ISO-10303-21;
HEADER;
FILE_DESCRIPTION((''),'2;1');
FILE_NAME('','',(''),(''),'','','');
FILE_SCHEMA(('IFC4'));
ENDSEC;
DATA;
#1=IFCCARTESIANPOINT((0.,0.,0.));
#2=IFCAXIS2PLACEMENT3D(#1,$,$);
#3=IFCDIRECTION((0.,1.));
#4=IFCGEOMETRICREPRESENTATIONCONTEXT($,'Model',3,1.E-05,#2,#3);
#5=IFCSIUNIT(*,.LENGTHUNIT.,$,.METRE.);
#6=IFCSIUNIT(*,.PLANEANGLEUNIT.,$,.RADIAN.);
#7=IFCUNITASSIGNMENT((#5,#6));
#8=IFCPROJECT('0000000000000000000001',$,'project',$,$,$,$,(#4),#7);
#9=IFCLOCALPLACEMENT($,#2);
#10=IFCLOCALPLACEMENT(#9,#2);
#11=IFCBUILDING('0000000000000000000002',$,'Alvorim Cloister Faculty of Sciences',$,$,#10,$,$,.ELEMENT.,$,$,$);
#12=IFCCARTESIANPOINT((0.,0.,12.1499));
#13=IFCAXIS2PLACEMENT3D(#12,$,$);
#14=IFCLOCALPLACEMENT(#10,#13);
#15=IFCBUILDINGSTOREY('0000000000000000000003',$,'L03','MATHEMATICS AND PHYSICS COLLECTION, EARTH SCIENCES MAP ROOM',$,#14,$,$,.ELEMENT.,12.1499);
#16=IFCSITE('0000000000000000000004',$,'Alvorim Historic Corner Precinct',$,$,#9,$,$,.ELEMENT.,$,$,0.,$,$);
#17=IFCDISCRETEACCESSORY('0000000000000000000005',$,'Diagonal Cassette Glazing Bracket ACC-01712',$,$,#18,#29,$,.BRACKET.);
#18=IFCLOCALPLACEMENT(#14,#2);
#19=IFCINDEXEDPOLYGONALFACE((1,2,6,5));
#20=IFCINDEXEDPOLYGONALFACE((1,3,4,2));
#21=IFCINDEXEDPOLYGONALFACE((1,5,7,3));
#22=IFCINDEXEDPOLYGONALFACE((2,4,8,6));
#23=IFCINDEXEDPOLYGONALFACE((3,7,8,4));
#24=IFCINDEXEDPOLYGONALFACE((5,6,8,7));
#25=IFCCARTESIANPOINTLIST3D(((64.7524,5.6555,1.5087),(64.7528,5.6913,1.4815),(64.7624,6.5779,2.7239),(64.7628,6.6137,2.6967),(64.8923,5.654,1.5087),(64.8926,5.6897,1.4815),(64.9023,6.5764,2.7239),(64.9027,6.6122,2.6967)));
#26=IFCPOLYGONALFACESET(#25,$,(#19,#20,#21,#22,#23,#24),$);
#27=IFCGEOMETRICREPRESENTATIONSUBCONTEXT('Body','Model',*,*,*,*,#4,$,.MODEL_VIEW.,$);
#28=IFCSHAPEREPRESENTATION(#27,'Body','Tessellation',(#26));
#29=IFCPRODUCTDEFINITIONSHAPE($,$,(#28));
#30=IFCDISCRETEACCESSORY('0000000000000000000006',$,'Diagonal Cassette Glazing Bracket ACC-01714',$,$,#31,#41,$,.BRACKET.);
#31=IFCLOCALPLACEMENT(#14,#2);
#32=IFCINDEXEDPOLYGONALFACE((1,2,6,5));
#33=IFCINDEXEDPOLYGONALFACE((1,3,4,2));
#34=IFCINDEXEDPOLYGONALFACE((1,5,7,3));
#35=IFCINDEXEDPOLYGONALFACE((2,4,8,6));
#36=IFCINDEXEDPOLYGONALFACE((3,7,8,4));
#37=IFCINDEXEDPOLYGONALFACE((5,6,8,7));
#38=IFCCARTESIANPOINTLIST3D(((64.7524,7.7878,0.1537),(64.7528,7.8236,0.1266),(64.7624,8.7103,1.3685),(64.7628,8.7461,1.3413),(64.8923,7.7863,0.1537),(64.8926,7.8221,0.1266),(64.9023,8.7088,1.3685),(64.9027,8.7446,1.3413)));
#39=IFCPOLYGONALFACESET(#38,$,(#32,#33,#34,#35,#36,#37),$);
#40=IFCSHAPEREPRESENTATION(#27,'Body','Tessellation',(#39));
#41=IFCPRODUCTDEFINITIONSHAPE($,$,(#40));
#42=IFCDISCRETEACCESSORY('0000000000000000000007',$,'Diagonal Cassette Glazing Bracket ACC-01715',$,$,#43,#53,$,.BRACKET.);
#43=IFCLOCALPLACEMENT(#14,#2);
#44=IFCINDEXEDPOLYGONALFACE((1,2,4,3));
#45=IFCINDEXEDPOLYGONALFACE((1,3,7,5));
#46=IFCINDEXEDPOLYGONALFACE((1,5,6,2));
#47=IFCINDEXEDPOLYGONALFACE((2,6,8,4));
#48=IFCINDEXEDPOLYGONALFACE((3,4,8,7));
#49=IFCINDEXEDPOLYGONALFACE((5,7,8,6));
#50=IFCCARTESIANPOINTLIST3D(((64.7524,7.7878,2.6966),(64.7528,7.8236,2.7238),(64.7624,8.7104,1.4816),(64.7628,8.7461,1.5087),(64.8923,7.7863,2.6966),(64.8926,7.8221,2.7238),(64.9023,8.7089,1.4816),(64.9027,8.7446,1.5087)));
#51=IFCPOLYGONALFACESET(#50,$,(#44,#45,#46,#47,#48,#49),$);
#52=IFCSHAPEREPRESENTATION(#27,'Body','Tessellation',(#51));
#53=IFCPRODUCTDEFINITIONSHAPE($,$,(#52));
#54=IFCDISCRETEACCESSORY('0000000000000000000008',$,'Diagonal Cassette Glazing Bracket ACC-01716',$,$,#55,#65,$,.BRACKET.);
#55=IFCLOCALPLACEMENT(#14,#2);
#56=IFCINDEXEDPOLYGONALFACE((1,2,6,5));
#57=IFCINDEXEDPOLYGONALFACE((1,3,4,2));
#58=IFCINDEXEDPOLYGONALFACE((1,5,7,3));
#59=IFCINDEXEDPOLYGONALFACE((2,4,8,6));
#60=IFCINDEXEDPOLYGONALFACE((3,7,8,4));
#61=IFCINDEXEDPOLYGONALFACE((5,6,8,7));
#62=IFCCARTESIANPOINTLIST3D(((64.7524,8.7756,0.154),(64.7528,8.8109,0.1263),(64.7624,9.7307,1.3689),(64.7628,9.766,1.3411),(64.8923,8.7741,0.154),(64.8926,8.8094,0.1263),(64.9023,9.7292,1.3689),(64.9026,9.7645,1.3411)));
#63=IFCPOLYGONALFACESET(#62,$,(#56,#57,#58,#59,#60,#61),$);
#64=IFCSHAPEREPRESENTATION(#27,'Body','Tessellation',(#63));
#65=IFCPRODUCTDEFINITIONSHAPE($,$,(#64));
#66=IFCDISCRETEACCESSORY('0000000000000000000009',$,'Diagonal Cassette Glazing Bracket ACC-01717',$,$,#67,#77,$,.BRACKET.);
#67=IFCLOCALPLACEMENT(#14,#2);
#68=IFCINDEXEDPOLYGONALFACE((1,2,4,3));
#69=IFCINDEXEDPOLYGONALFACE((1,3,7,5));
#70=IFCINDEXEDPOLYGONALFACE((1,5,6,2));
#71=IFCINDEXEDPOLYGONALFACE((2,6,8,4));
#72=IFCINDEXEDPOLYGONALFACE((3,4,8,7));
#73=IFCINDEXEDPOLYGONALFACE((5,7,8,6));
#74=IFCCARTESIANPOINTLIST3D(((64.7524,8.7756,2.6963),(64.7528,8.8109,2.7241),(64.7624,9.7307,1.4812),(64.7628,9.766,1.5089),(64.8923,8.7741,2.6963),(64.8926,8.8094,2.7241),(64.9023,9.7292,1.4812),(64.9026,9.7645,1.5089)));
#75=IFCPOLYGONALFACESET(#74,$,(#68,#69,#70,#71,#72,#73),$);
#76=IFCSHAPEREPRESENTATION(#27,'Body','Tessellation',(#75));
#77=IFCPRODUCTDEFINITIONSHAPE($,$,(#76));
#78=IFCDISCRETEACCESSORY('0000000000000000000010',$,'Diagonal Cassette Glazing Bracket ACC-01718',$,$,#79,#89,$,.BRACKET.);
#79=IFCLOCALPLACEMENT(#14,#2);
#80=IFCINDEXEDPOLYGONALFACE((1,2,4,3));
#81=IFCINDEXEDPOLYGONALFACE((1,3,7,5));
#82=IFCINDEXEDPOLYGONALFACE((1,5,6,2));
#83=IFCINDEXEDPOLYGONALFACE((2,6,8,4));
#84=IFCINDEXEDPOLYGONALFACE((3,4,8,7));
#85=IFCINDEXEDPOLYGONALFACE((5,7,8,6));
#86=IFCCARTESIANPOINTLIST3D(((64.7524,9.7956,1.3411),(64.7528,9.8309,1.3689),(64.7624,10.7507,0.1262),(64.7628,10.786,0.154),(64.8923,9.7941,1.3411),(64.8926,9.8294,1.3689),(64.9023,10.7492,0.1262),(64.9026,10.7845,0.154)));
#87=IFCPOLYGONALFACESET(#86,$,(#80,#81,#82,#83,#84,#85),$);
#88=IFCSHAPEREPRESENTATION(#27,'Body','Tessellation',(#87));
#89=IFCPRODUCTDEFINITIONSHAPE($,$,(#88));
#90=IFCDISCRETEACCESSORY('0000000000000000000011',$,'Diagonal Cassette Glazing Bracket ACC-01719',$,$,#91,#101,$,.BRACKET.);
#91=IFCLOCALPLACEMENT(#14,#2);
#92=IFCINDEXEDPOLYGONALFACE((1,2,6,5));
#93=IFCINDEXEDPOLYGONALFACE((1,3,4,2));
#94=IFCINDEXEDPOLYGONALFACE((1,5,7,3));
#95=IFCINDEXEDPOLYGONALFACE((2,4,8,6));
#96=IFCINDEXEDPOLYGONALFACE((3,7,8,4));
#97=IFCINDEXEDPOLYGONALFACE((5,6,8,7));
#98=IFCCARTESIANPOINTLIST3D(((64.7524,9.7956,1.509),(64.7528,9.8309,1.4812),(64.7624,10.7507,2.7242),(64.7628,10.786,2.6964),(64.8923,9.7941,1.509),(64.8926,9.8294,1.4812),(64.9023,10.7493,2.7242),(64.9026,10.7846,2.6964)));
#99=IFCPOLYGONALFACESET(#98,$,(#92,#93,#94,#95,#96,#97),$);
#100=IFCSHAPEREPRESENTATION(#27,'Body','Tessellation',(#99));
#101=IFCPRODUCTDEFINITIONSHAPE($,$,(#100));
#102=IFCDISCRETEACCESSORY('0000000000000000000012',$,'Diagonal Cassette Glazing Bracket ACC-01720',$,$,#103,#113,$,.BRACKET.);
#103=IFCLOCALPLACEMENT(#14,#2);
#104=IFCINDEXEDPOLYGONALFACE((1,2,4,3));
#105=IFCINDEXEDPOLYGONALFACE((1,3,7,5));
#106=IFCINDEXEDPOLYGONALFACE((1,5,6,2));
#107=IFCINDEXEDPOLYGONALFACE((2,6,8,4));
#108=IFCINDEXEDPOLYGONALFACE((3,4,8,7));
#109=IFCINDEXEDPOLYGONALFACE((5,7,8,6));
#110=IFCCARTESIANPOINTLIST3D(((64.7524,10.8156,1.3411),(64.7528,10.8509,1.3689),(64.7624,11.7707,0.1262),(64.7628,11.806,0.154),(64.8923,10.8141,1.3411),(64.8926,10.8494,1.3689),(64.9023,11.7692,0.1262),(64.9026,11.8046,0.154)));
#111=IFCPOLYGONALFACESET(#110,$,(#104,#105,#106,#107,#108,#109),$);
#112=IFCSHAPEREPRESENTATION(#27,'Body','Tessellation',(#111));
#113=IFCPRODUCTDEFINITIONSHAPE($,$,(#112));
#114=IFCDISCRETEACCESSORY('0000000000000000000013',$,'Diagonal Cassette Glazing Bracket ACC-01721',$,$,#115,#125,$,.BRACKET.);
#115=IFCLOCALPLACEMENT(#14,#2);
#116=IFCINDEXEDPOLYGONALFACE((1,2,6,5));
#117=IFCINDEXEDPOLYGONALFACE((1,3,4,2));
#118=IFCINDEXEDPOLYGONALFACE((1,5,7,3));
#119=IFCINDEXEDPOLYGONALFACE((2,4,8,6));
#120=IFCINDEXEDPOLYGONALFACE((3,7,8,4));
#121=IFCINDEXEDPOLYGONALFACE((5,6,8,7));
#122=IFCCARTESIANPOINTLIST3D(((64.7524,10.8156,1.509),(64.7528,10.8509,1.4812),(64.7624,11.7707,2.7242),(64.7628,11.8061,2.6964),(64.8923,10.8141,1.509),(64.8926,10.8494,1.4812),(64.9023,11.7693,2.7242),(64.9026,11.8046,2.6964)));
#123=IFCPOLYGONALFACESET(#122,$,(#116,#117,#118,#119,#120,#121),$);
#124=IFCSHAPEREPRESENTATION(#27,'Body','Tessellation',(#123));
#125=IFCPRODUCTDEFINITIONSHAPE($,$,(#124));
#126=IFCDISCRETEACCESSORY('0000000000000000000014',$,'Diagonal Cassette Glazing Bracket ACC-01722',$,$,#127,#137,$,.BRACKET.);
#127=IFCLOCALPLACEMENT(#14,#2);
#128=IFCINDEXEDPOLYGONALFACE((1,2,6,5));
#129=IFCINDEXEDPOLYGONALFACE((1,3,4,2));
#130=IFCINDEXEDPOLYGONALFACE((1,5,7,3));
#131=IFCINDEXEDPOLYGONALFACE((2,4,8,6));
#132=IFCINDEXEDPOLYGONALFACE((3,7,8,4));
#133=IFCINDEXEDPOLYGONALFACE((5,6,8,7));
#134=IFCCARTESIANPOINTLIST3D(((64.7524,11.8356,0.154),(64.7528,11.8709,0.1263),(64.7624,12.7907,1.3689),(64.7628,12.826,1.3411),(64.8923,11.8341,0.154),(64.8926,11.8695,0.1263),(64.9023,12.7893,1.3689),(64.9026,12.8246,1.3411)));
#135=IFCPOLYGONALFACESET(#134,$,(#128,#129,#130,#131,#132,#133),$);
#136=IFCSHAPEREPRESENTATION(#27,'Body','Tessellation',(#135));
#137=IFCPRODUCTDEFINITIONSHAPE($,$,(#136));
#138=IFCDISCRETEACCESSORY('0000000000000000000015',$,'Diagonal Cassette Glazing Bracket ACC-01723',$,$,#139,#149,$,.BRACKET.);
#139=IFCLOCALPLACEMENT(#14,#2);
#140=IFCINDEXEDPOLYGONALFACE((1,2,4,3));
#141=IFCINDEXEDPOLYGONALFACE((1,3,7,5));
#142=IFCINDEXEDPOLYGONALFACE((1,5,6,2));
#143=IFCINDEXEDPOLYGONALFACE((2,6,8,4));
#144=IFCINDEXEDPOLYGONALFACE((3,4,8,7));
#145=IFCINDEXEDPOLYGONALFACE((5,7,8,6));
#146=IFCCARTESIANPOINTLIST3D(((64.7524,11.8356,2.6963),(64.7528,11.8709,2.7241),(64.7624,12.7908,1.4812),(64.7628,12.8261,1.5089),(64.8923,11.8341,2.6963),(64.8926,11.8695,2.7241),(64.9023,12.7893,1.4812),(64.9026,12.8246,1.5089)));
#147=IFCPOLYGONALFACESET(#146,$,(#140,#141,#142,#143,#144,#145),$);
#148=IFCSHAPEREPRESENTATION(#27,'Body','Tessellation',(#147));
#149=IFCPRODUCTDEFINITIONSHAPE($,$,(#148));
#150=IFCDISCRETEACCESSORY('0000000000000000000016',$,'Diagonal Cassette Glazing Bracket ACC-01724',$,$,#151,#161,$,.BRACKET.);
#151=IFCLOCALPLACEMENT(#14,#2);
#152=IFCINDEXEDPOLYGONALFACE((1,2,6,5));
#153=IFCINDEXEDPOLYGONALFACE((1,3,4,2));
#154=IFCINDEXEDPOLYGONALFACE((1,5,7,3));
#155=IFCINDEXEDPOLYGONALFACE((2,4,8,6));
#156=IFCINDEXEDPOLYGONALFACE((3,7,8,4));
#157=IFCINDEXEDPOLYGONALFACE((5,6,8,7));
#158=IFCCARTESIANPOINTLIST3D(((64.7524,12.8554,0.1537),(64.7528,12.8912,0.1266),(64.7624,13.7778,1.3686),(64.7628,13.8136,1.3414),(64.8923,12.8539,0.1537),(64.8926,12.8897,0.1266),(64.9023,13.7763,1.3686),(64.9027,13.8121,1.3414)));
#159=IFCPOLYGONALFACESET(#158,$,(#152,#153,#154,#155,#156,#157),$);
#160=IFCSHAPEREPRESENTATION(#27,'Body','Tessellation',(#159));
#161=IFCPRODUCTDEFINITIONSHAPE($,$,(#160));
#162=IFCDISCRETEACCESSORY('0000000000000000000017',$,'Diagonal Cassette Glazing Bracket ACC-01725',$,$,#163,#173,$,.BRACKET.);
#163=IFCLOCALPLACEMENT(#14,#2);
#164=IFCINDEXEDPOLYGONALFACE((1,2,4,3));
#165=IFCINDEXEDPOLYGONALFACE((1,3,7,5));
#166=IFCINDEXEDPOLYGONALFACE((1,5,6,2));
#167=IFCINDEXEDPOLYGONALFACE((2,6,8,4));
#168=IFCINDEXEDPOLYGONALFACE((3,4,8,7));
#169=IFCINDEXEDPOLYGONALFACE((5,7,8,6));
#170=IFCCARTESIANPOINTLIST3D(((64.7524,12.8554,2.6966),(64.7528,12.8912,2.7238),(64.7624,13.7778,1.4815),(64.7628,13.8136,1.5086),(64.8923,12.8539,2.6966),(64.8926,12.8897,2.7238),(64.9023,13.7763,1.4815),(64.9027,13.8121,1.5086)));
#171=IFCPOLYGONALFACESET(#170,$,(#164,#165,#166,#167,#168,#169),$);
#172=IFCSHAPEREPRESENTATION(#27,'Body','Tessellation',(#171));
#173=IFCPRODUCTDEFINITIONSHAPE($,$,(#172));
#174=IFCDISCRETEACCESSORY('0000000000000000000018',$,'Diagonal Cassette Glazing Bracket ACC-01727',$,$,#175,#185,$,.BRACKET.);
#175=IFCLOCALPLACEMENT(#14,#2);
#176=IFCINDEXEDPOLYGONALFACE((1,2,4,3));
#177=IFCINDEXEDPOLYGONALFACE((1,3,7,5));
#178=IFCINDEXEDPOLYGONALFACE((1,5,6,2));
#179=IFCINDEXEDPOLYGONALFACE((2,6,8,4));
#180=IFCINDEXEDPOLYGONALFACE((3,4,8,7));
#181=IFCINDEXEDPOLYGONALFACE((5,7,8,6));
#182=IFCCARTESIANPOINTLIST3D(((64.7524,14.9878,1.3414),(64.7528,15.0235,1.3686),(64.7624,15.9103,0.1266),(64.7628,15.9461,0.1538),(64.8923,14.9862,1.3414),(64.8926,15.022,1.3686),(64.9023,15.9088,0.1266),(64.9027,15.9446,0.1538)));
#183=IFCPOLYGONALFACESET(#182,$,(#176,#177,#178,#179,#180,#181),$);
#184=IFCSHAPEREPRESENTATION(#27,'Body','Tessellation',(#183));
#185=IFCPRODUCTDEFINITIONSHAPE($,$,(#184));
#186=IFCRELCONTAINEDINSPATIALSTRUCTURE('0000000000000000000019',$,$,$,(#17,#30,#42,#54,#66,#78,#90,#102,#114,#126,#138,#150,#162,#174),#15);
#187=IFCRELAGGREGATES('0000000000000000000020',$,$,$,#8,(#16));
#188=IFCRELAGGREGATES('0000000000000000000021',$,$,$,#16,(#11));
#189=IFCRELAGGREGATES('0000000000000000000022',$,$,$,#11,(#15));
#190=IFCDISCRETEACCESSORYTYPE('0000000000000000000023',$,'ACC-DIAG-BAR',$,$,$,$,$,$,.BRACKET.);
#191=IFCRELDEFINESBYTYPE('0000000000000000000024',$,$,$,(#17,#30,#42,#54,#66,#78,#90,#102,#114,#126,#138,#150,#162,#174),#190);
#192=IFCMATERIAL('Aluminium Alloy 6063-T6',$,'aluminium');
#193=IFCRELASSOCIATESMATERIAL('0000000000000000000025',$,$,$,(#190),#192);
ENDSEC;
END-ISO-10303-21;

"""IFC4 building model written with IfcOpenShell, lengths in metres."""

from ifc_helpers import new_model, si_unit, direction, frame, origin, origin_2d, place, context, subcontext, project, spatial, rectangle, extrude, material, type_object, element, save


model = new_model("IFC4")

# Units and contexts
model_context = context("Model", 3, precision=1e-05, world=origin(), true_north=direction((0.0, 1.0)))
body_context = subcontext(model_context, "Body", "Model", "MODEL_VIEW")
ifc_project = project(units=[si_unit("LENGTHUNIT", "METRE"), si_unit("PLANEANGLEUNIT", "RADIAN")], contexts=[model_context])

# Site, building, storey
site_placement = place(None, origin())
site = spatial("IfcSite", under=ifc_project, at=site_placement, Name="Alvorim Historic Corner Precinct", CompositionType="ELEMENT", RefElevation=0.0)
building_placement = place(site_placement, origin())
building = spatial("IfcBuilding", under=site, at=building_placement, Name="Alvorim Cloister Faculty of Sciences", CompositionType="ELEMENT")
storey_placement = place(building_placement, frame((0.0, 0.0, 12.1499)))
storey = spatial("IfcBuildingStorey", under=building, at=storey_placement, Name="L03", Description="MATHEMATICS AND PHYSICS COLLECTION, EARTH SCIENCES MAP ROOM", CompositionType="ELEMENT", Elevation=12.1499)

# Shared definitions
ifc_material_1 = material(Name="Aluminium Alloy 6063-T6", Category="aluminium")

# Discrete accessories
discrete_accessory_type = type_object("IfcDiscreteAccessoryType", Name="ACC-DIAG-BAR", PredefinedType="BRACKET", material=ifc_material_1)
discrete_accessory_1_placement = place(storey_placement, frame((64.8225, 5.6726, 1.4951), z_axis=(0.006561, 0.604612, 0.796493), x_axis=(-0.999941, 0.010852, 0.0)))
element("IfcDiscreteAccessory", 1, at=discrete_accessory_1_placement, inside=storey, type_object=discrete_accessory_type, Name="Diagonal Cassette Glazing Bracket ACC-01712", PredefinedType="BRACKET", context=body_context, shape_type="SweptSolid", body=[
    extrude(rectangle(XDim=0.1399, YDim=0.0449, at=origin_2d()), origin(), (0.0, 0.0, 1.0), 1.5256),
])
discrete_accessory_2_placement = place(storey_placement, frame((64.8225, 7.8049, 0.1401), z_axis=(0.006562, 0.60479, 0.796358), x_axis=(-0.999941, 0.010849, 0.0)))
element("IfcDiscreteAccessory", 2, at=discrete_accessory_2_placement, inside=storey, type_object=discrete_accessory_type, Name="Diagonal Cassette Glazing Bracket ACC-01714", PredefinedType="BRACKET", context=body_context, shape_type="SweptSolid", body=[
    extrude(rectangle(XDim=0.1399, YDim=0.0449, at=origin_2d()), origin(), (0.0, 0.0, 1.0), 1.5254),
])
discrete_accessory_3_placement = place(storey_placement, frame((64.8225, 7.8049, 2.7102), z_axis=(0.006561, 0.604713, -0.796416), x_axis=(-0.999941, 0.010849, 0.0)))
element("IfcDiscreteAccessory", 3, at=discrete_accessory_3_placement, inside=storey, type_object=discrete_accessory_type, Name="Diagonal Cassette Glazing Bracket ACC-01715", PredefinedType="BRACKET", context=body_context, shape_type="SweptSolid", body=[
    extrude(rectangle(XDim=0.1399, YDim=0.0449, at=origin_2d()), origin(), (0.0, 0.0, 1.0), 1.5256),
])
discrete_accessory_4_placement = place(storey_placement, frame((64.8225, 8.7925, 0.1401), z_axis=(0.006477, 0.618032, 0.786126), x_axis=(-0.999945, 0.01048, 0.0)))
element("IfcDiscreteAccessory", 4, at=discrete_accessory_4_placement, inside=storey, type_object=discrete_accessory_type, Name="Diagonal Cassette Glazing Bracket ACC-01716", PredefinedType="BRACKET", context=body_context, shape_type="SweptSolid", body=[
    extrude(rectangle(XDim=0.1399, YDim=0.0449, at=origin_2d()), origin(), (0.0, 0.0, 1.0), 1.5454),
])
discrete_accessory_5_placement = place(storey_placement, frame((64.8225, 8.7925, 2.7102), z_axis=(0.006477, 0.617955, -0.786187), x_axis=(-0.999945, 0.01048, 0.0)))
element("IfcDiscreteAccessory", 5, at=discrete_accessory_5_placement, inside=storey, type_object=discrete_accessory_type, Name="Diagonal Cassette Glazing Bracket ACC-01717", PredefinedType="BRACKET", context=body_context, shape_type="SweptSolid", body=[
    extrude(rectangle(XDim=0.1399, YDim=0.0449, at=origin_2d()), origin(), (0.0, 0.0, 1.0), 1.5457),
])
discrete_accessory_6_placement = place(storey_placement, frame((64.8225, 9.8125, 1.355), z_axis=(0.006477, 0.618032, -0.786126), x_axis=(-0.999945, 0.01048, 0.0)))
element("IfcDiscreteAccessory", 6, at=discrete_accessory_6_placement, inside=storey, type_object=discrete_accessory_type, Name="Diagonal Cassette Glazing Bracket ACC-01718", PredefinedType="BRACKET", context=body_context, shape_type="SweptSolid", body=[
    extrude(rectangle(XDim=0.1399, YDim=0.0449, at=origin_2d()), origin(), (0.0, 0.0, 1.0), 1.5454),
])
discrete_accessory_7_placement = place(storey_placement, frame((64.8225, 9.8125, 1.4951), z_axis=(0.006477, 0.617955, 0.786187), x_axis=(-0.999945, 0.01048, 0.0)))
element("IfcDiscreteAccessory", 7, at=discrete_accessory_7_placement, inside=storey, type_object=discrete_accessory_type, Name="Diagonal Cassette Glazing Bracket ACC-01719", PredefinedType="BRACKET", context=body_context, shape_type="SweptSolid", body=[
    extrude(rectangle(XDim=0.1399, YDim=0.0449, at=origin_2d()), origin(), (0.0, 0.0, 1.0), 1.5457),
])
discrete_accessory_8_placement = place(storey_placement, frame((64.8225, 10.8325, 1.355), z_axis=(0.006477, 0.618032, -0.786126), x_axis=(-0.999945, 0.01048, 0.0)))
element("IfcDiscreteAccessory", 8, at=discrete_accessory_8_placement, inside=storey, type_object=discrete_accessory_type, Name="Diagonal Cassette Glazing Bracket ACC-01720", PredefinedType="BRACKET", context=body_context, shape_type="SweptSolid", body=[
    extrude(rectangle(XDim=0.1399, YDim=0.0449, at=origin_2d()), origin(), (0.0, 0.0, 1.0), 1.5454),
])
discrete_accessory_9_placement = place(storey_placement, frame((64.8225, 10.8325, 1.4951), z_axis=(0.006477, 0.617955, 0.786187), x_axis=(-0.999945, 0.01048, 0.0)))
element("IfcDiscreteAccessory", 9, at=discrete_accessory_9_placement, inside=storey, type_object=discrete_accessory_type, Name="Diagonal Cassette Glazing Bracket ACC-01721", PredefinedType="BRACKET", context=body_context, shape_type="SweptSolid", body=[
    extrude(rectangle(XDim=0.1399, YDim=0.0449, at=origin_2d()), origin(), (0.0, 0.0, 1.0), 1.5457),
])
discrete_accessory_10_placement = place(storey_placement, frame((64.8225, 11.8525, 0.1401), z_axis=(0.006477, 0.618032, 0.786126), x_axis=(-0.999945, 0.01048, 0.0)))
element("IfcDiscreteAccessory", 10, at=discrete_accessory_10_placement, inside=storey, type_object=discrete_accessory_type, Name="Diagonal Cassette Glazing Bracket ACC-01722", PredefinedType="BRACKET", context=body_context, shape_type="SweptSolid", body=[
    extrude(rectangle(XDim=0.1399, YDim=0.0449, at=origin_2d()), origin(), (0.0, 0.0, 1.0), 1.5454),
])
discrete_accessory_11_placement = place(storey_placement, frame((64.8225, 11.8525, 2.7102), z_axis=(0.006477, 0.617955, -0.786187), x_axis=(-0.999945, 0.01048, 0.0)))
element("IfcDiscreteAccessory", 11, at=discrete_accessory_11_placement, inside=storey, type_object=discrete_accessory_type, Name="Diagonal Cassette Glazing Bracket ACC-01723", PredefinedType="BRACKET", context=body_context, shape_type="SweptSolid", body=[
    extrude(rectangle(XDim=0.1399, YDim=0.0449, at=origin_2d()), origin(), (0.0, 0.0, 1.0), 1.5457),
])
discrete_accessory_12_placement = place(storey_placement, frame((64.8225, 12.8726, 0.1401), z_axis=(0.006562, 0.604689, 0.796435), x_axis=(-0.999941, 0.010852, 0.0)))
element("IfcDiscreteAccessory", 12, at=discrete_accessory_12_placement, inside=storey, type_object=discrete_accessory_type, Name="Diagonal Cassette Glazing Bracket ACC-01724", PredefinedType="BRACKET", context=body_context, shape_type="SweptSolid", body=[
    extrude(rectangle(XDim=0.1399, YDim=0.0449, at=origin_2d()), origin(), (0.0, 0.0, 1.0), 1.5254),
])
discrete_accessory_13_placement = place(storey_placement, frame((64.8225, 12.8726, 2.7102), z_axis=(0.006561, 0.604612, -0.796493), x_axis=(-0.999941, 0.010852, 0.0)))
element("IfcDiscreteAccessory", 13, at=discrete_accessory_13_placement, inside=storey, type_object=discrete_accessory_type, Name="Diagonal Cassette Glazing Bracket ACC-01725", PredefinedType="BRACKET", context=body_context, shape_type="SweptSolid", body=[
    extrude(rectangle(XDim=0.1399, YDim=0.0449, at=origin_2d()), origin(), (0.0, 0.0, 1.0), 1.5256),
])
discrete_accessory_14_placement = place(storey_placement, frame((64.8225, 15.0049, 1.355), z_axis=(0.006562, 0.60479, -0.796358), x_axis=(-0.999941, 0.010849, 0.0)))
element("IfcDiscreteAccessory", 14, at=discrete_accessory_14_placement, inside=storey, type_object=discrete_accessory_type, Name="Diagonal Cassette Glazing Bracket ACC-01727", PredefinedType="BRACKET", context=body_context, shape_type="SweptSolid", body=[
    extrude(rectangle(XDim=0.1399, YDim=0.0449, at=origin_2d()), origin(), (0.0, 0.0, 1.0), 1.5254),
])

save(model, "model.ifc")
